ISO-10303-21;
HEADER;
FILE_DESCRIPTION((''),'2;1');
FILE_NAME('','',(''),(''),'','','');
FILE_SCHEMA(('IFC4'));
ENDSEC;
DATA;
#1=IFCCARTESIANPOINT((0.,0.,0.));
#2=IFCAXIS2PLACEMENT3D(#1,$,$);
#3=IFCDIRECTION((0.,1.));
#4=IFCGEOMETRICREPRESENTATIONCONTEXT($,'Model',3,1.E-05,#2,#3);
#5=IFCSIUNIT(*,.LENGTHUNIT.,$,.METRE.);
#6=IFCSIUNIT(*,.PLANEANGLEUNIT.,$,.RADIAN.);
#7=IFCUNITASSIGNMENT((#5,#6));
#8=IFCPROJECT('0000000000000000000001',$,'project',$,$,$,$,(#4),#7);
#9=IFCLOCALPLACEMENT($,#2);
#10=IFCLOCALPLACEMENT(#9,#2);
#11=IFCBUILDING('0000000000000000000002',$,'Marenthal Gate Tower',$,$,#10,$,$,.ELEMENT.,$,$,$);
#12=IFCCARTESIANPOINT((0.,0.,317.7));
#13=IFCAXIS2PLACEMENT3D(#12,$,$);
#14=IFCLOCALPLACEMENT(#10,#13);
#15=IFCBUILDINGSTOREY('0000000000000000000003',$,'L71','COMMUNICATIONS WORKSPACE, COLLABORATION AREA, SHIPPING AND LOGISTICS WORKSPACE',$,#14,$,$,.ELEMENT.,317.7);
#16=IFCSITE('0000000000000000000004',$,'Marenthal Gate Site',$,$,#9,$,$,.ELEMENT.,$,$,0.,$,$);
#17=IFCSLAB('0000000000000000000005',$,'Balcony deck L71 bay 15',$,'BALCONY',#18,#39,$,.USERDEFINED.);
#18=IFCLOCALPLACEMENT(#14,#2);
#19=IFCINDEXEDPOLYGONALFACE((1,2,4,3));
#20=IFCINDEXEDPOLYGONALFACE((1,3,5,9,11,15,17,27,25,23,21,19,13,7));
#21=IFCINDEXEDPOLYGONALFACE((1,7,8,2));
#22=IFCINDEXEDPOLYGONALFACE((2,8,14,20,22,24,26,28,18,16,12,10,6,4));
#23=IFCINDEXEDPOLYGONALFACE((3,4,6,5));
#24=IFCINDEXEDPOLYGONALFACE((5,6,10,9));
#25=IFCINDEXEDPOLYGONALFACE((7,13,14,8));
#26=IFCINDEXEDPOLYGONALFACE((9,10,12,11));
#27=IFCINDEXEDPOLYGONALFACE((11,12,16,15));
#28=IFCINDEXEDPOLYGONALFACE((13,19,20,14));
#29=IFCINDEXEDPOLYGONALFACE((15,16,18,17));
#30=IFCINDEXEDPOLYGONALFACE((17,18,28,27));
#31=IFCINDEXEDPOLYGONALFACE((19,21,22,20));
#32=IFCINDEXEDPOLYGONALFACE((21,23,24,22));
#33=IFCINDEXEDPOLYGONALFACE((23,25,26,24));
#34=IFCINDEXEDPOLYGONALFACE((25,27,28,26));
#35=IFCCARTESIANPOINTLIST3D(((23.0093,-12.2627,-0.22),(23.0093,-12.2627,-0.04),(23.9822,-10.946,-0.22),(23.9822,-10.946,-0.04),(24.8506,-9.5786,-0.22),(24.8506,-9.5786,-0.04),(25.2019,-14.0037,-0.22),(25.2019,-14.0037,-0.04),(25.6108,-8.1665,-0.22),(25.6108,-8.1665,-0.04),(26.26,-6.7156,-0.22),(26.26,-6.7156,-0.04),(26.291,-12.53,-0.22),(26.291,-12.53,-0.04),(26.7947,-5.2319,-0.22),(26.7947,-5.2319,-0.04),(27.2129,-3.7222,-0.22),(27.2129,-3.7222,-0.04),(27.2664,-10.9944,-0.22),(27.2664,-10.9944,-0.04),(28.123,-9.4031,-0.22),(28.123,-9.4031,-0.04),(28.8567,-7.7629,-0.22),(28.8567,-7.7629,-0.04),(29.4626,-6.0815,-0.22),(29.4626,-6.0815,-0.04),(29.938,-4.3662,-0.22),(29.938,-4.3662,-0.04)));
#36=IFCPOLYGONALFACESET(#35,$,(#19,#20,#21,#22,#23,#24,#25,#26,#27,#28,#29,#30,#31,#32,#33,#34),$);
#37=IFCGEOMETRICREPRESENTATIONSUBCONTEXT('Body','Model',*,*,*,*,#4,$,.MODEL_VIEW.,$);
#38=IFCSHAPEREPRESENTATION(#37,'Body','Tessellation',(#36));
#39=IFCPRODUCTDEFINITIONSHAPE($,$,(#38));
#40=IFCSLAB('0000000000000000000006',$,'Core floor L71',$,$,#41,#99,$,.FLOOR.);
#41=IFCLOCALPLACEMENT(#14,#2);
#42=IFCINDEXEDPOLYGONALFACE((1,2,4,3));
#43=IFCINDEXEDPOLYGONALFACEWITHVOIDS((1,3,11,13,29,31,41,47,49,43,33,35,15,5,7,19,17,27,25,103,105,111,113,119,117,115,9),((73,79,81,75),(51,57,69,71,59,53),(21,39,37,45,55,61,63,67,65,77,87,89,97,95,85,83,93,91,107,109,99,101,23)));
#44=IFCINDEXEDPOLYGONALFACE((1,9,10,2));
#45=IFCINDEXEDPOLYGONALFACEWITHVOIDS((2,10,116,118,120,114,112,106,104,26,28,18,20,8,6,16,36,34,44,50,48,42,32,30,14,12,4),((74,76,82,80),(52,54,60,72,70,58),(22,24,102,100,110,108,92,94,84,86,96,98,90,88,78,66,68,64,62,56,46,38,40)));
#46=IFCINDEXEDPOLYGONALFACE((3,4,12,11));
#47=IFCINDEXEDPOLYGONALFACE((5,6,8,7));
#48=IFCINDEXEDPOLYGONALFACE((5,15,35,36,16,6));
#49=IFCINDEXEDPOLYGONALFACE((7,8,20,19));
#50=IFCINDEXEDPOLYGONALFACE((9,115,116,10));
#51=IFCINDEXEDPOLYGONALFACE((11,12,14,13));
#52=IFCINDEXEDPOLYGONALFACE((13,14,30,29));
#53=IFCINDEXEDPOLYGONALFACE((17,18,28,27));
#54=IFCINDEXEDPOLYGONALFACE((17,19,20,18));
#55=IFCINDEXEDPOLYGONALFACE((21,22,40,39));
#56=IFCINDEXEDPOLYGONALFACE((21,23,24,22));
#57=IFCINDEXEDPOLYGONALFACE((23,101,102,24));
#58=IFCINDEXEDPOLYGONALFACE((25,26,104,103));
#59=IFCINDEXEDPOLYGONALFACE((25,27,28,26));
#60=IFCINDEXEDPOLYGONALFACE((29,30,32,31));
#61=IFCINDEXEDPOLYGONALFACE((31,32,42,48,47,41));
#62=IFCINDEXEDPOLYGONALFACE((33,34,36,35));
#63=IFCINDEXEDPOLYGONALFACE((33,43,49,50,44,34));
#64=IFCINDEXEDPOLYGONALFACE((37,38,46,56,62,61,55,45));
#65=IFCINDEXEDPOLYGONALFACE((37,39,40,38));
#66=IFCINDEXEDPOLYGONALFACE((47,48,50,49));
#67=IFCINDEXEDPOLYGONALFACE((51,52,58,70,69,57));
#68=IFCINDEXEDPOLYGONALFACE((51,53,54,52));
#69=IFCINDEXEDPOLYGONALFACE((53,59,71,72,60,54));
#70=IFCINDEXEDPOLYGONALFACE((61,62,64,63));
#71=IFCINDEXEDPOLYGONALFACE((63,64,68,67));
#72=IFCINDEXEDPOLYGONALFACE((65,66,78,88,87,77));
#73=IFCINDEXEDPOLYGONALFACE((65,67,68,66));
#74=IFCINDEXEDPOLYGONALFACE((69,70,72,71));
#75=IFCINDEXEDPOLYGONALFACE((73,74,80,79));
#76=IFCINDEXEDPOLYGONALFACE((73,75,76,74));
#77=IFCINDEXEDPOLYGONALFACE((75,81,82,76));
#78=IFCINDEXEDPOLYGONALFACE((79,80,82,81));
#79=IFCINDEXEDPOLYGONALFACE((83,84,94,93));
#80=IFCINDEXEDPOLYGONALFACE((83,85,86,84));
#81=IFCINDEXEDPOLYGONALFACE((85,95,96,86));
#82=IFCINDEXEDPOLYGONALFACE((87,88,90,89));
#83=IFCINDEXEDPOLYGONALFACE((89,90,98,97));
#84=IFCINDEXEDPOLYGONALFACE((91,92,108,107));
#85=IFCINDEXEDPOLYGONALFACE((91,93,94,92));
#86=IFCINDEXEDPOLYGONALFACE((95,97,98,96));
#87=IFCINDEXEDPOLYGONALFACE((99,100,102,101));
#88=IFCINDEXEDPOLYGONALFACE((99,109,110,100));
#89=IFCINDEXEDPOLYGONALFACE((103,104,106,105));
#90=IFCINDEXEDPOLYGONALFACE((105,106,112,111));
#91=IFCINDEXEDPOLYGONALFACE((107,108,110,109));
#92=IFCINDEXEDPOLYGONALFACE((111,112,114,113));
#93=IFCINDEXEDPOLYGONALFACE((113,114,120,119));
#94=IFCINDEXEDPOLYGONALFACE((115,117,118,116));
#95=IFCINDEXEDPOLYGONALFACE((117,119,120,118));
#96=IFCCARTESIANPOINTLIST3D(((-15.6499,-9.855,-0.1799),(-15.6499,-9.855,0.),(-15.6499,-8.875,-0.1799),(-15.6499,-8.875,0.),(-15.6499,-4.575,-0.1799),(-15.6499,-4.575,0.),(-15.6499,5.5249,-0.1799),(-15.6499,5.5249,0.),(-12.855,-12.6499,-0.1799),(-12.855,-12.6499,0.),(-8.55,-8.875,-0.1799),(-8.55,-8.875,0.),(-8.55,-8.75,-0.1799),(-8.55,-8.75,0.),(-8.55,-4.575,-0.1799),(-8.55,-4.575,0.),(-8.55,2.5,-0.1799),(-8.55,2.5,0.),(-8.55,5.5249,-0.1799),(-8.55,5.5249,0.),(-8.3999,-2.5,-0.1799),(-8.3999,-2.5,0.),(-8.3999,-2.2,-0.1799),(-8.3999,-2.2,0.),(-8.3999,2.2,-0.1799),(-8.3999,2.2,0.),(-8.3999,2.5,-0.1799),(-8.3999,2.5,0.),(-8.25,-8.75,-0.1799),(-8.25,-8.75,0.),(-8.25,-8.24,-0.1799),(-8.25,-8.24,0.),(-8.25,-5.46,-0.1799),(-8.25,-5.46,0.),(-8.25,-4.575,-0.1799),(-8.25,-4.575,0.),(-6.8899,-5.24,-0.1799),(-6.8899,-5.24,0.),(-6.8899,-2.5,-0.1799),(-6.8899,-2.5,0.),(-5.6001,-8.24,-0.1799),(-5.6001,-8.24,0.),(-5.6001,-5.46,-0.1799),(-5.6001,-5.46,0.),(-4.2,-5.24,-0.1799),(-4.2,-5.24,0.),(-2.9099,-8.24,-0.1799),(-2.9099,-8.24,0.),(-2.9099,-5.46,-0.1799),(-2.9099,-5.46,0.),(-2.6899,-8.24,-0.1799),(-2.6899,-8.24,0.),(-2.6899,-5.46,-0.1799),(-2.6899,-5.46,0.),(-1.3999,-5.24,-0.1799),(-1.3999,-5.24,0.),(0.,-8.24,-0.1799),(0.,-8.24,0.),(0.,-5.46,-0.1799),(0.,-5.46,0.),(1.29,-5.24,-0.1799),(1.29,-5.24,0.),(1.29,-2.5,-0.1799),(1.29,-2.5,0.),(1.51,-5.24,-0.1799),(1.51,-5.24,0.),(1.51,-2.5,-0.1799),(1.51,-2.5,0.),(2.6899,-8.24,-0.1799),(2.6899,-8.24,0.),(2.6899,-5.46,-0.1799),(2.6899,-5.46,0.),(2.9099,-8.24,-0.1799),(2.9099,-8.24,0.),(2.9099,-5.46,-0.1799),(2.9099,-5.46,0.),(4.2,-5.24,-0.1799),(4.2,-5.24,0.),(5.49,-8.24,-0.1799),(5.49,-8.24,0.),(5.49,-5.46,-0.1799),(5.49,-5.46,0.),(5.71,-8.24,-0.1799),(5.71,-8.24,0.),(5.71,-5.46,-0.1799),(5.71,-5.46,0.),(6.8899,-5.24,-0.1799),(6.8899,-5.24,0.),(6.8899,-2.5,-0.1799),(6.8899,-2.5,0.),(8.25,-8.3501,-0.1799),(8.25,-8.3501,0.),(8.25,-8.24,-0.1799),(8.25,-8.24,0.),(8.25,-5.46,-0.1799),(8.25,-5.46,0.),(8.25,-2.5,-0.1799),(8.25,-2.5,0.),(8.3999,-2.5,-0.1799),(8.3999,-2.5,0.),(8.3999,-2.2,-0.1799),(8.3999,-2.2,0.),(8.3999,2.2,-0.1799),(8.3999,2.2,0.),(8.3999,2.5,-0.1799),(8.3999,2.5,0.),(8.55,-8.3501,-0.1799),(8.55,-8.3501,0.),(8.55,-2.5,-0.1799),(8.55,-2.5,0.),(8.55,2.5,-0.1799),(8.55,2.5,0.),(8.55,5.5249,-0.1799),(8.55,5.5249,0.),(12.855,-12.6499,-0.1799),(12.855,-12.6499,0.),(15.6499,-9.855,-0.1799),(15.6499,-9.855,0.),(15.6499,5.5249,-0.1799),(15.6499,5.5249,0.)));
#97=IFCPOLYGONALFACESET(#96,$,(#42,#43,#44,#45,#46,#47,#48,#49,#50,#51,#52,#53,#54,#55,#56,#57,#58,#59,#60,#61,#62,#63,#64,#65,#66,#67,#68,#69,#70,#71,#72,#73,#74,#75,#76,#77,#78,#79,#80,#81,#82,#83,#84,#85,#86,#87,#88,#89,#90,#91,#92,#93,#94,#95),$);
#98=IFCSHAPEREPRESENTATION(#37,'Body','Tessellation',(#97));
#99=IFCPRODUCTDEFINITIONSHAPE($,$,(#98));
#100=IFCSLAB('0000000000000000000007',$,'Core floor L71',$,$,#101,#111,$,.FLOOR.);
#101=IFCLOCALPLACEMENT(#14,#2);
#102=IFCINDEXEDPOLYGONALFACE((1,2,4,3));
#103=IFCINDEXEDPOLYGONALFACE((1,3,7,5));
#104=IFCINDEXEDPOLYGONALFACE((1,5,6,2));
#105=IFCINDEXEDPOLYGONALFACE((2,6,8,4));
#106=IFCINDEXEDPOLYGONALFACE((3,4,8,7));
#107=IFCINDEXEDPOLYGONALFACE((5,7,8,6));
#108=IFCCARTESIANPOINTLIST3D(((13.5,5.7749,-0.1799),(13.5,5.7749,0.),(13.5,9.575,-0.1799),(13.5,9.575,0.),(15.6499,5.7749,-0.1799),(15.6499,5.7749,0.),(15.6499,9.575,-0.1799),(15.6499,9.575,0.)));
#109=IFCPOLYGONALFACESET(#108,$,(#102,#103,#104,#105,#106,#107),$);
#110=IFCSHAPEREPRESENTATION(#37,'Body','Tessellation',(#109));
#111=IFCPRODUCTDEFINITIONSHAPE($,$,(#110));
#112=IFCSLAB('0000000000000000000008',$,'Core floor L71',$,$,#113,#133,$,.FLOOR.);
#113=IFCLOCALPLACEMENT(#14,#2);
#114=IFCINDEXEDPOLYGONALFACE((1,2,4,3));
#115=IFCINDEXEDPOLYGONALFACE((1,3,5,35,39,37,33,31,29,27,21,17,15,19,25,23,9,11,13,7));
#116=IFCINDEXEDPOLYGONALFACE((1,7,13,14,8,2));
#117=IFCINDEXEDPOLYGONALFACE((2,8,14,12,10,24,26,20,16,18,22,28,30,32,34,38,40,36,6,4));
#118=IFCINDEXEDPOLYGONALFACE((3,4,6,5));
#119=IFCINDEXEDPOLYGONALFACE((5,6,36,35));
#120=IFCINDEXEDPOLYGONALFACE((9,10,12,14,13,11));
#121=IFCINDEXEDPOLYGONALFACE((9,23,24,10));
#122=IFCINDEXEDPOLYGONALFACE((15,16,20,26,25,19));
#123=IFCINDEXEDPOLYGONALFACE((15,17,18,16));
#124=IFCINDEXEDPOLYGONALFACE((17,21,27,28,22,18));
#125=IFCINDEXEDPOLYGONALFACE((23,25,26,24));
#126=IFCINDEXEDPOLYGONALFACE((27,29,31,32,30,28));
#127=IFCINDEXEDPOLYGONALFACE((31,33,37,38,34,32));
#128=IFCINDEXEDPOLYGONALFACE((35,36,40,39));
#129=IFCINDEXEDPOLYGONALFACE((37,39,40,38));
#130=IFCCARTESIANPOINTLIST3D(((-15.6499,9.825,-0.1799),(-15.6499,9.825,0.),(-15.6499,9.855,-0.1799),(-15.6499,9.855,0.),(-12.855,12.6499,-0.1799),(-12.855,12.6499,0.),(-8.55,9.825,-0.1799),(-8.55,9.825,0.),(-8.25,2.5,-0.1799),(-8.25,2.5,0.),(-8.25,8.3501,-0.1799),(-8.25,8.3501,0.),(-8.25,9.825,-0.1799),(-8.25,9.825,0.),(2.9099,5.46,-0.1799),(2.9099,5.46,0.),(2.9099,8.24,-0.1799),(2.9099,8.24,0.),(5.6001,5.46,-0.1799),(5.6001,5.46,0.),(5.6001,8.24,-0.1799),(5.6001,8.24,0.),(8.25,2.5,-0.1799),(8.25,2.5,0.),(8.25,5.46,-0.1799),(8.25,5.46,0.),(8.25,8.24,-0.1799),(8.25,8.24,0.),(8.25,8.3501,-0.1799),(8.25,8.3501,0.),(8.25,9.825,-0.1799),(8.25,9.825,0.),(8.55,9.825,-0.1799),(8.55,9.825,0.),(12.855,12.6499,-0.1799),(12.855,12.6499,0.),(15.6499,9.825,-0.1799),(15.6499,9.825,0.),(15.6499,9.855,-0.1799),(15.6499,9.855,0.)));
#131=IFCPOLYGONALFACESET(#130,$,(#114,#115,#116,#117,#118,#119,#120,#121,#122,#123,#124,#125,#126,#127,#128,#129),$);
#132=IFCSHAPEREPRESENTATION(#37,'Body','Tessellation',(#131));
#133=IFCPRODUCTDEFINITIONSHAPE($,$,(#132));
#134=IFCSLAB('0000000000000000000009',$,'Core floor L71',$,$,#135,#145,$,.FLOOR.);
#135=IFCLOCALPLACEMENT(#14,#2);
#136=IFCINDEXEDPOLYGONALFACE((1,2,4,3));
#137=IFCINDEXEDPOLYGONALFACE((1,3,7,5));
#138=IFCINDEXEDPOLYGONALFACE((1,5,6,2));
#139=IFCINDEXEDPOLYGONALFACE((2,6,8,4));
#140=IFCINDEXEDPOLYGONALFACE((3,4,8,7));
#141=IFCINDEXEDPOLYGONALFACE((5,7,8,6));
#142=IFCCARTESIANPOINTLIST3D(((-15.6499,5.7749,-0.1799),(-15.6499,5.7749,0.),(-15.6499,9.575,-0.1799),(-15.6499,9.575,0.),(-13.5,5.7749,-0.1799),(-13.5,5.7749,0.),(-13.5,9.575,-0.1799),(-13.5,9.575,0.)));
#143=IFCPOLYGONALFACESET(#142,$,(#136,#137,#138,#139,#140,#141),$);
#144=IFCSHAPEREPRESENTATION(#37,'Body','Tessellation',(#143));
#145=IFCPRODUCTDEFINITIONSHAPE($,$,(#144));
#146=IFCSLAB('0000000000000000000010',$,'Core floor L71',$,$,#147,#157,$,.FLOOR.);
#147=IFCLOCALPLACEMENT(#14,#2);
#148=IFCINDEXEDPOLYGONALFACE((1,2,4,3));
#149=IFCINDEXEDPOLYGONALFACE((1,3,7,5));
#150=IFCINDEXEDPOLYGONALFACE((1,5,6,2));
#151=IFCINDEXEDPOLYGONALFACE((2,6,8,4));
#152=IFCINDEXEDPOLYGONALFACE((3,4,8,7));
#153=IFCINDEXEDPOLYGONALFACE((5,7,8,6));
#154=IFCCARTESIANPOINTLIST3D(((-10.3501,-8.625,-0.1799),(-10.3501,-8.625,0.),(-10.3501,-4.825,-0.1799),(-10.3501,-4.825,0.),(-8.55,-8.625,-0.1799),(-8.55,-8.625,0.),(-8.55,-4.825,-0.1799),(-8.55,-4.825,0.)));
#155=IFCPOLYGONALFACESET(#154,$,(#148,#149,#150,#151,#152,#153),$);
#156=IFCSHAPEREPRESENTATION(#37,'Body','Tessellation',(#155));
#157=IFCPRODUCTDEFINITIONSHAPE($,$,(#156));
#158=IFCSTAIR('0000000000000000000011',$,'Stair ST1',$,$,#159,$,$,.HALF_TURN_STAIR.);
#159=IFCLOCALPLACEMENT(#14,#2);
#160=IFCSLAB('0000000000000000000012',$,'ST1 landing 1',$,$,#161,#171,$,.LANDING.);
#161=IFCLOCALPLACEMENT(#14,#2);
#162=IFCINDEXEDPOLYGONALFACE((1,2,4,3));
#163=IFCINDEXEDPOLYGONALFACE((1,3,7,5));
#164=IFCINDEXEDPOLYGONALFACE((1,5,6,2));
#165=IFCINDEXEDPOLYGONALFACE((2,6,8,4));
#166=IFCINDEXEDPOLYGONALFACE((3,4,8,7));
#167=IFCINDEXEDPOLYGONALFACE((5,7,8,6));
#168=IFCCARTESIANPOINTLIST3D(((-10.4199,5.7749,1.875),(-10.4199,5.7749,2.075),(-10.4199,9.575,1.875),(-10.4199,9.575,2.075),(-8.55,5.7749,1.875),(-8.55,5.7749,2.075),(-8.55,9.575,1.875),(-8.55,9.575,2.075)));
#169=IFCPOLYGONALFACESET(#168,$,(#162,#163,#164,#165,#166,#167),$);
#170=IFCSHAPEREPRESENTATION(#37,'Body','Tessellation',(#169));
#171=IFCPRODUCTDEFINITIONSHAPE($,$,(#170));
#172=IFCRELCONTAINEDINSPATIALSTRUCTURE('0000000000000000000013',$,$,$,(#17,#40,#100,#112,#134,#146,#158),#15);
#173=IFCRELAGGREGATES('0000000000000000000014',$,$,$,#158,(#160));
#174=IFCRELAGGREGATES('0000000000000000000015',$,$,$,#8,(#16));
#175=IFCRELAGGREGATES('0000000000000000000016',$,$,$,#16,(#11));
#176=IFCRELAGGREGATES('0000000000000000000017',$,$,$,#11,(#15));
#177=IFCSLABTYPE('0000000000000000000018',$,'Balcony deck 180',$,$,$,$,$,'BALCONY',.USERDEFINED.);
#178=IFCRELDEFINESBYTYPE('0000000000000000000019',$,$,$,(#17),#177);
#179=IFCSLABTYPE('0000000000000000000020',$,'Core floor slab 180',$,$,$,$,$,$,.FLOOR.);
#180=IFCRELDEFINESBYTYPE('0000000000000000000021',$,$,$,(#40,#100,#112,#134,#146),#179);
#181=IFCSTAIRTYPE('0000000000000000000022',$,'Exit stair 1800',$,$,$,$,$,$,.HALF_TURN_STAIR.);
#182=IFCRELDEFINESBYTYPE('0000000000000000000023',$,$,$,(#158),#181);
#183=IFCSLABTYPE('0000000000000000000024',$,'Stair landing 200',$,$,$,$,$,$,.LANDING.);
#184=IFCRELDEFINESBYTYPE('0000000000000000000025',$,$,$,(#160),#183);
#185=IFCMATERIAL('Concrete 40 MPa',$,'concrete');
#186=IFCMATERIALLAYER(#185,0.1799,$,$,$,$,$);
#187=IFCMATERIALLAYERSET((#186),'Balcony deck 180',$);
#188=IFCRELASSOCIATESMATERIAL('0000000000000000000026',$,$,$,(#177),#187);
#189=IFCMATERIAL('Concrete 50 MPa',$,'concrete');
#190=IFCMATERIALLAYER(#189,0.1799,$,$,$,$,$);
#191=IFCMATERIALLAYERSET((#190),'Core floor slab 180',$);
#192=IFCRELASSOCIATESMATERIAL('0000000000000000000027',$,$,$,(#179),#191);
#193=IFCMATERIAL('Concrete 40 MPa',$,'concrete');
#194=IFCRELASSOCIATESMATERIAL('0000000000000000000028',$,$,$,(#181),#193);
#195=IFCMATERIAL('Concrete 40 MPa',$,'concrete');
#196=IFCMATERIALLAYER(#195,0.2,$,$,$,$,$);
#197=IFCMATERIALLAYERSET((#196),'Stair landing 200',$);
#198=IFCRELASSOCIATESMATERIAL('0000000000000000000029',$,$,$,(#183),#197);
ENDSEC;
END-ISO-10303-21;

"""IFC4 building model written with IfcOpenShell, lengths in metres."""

from ifc_helpers import new_model, si_unit, direction, frame, origin, place, context, subcontext, project, spatial, polyline, outline, extrude, material, layer, layer_set, type_object, element, aggregate, save


model = new_model("IFC4")

# Units and contexts
model_context = context("Model", 3, precision=1e-05, world=origin(), true_north=direction((0.0, 1.0)))
body_context = subcontext(model_context, "Body", "Model", "MODEL_VIEW")
ifc_project = project(units=[si_unit("LENGTHUNIT", "METRE"), si_unit("PLANEANGLEUNIT", "RADIAN")], contexts=[model_context])

# Site, building, storey
site_placement = place(None, origin())
site = spatial("IfcSite", under=ifc_project, at=site_placement, Name="Marenthal Gate Site", CompositionType="ELEMENT", RefElevation=0.0)
building_placement = place(site_placement, origin())
building = spatial("IfcBuilding", under=site, at=building_placement, Name="Marenthal Gate Tower", CompositionType="ELEMENT")
storey_placement = place(building_placement, frame((0.0, 0.0, 317.7)))
storey = spatial("IfcBuildingStorey", under=building, at=storey_placement, Name="L71", Description="COMMUNICATIONS WORKSPACE, COLLABORATION AREA, SHIPPING AND LOGISTICS WORKSPACE", CompositionType="ELEMENT", Elevation=317.7)

# Slabs
ifc_material_1 = material(Name="Concrete 40 MPa", Category="concrete")
ifc_layer_1 = layer(ifc_material_1, 0.1799)
ifc_layer_set_1 = layer_set([ifc_layer_1], Name="Balcony deck 180")
slab_type_1 = type_object("IfcSlabType", Name="Balcony deck 180", ElementType="BALCONY", PredefinedType="USERDEFINED", material=ifc_layer_set_1)
slab_1_placement = place(storey_placement, frame((0.0, 0.0, -0.22)))
element("IfcSlab", 1, at=slab_1_placement, inside=storey, type_object=slab_type_1, Name="Balcony deck L71 bay 15", ObjectType="BALCONY", PredefinedType="USERDEFINED", context=body_context, shape_type="SweptSolid", body=[
    extrude(outline(polyline([(23.0093, -12.2627), (23.9822, -10.946), (24.8506, -9.5786), (25.6108, -8.1665), (26.26, -6.7156), (26.7947, -5.2319), (27.2129, -3.7222), (29.938, -4.3662), (29.4626, -6.0815), (28.8567, -7.7629), (28.123, -9.4031), (27.2664, -10.9944), (26.291, -12.53), (25.2019, -14.0037), (23.0093, -12.2627)])), origin(), (0.0, 0.0, 1.0), 0.1799),
])
ifc_material_2 = material(Name="Concrete 50 MPa", Category="concrete")
ifc_layer_2 = layer(ifc_material_2, 0.1799)
ifc_layer_set_2 = layer_set([ifc_layer_2], Name="Core floor slab 180")
slab_type_2 = type_object("IfcSlabType", Name="Core floor slab 180", PredefinedType="FLOOR", material=ifc_layer_set_2)
slab_2_placement = place(storey_placement, frame((0.0, 0.0, -0.1799)))
element("IfcSlab", 2, at=slab_2_placement, inside=storey, type_object=slab_type_2, Name="Core floor L71", PredefinedType="FLOOR", context=body_context, shape_type="SweptSolid", body=[
    extrude(outline(polyline([(12.855, -12.6499), (-12.855, -12.6499), (-15.6499, -9.855), (-15.6499, -8.875), (-8.55, -8.875), (-8.55, -8.75), (-8.25, -8.75), (-8.25, -8.24), (-5.6001, -8.24), (-2.9099, -8.24), (-2.9099, -5.46), (-5.6001, -5.46), (-8.25, -5.46), (-8.25, -4.575), (-8.55, -4.575), (-15.6499, -4.575), (-15.6499, 5.5249), (-8.55, 5.5249), (-8.55, 2.5), (-8.3999, 2.5), (-8.3999, 2.2), (8.3999, 2.2), (8.3999, 2.5), (8.55, 2.5), (8.55, 5.5249), (15.6499, 5.5249), (15.6499, -9.855), (12.855, -12.6499)]), holes=[polyline([(0.0, -8.24), (2.6899, -8.24), (2.6899, -5.46), (0.0, -5.46), (-2.6899, -5.46), (-2.6899, -8.24), (0.0, -8.24)]), polyline([(1.29, -5.24), (1.29, -2.5), (1.51, -2.5), (1.51, -5.24), (4.2, -5.24), (6.8899, -5.24), (6.8899, -2.5), (8.25, -2.5), (8.25, -5.46), (5.71, -5.46), (5.71, -8.24), (8.25, -8.24), (8.25, -8.3501), (8.55, -8.3501), (8.55, -2.5), (8.3999, -2.5), (8.3999, -2.2), (-8.3999, -2.2), (-8.3999, -2.5), (-6.8899, -2.5), (-6.8899, -5.24), (-4.2, -5.24), (-1.3999, -5.24), (1.29, -5.24)]), polyline([(5.49, -5.46), (2.9099, -5.46), (2.9099, -8.24), (5.49, -8.24), (5.49, -5.46)])]), origin(), (0.0, 0.0, 1.0), 0.1799),
])
slab_3_placement = place(storey_placement, frame((0.0, 0.0, -0.1799)))
element("IfcSlab", 3, at=slab_3_placement, inside=storey, type_object=slab_type_2, Name="Core floor L71", PredefinedType="FLOOR", context=body_context, shape_type="SweptSolid", body=[
    extrude(outline(polyline([(15.6499, 5.7749), (13.5, 5.7749), (13.5, 9.575), (15.6499, 9.575), (15.6499, 5.7749)])), origin(), (0.0, 0.0, 1.0), 0.1799),
])
slab_4_placement = place(storey_placement, frame((0.0, 0.0, -0.1799)))
element("IfcSlab", 4, at=slab_4_placement, inside=storey, type_object=slab_type_2, Name="Core floor L71", PredefinedType="FLOOR", context=body_context, shape_type="SweptSolid", body=[
    extrude(outline(polyline([(15.6499, 9.825), (8.55, 9.825), (8.25, 9.825), (8.25, 8.3501), (8.25, 8.24), (5.6001, 8.24), (2.9099, 8.24), (2.9099, 5.46), (5.6001, 5.46), (8.25, 5.46), (8.25, 2.5), (-8.25, 2.5), (-8.25, 8.3501), (-8.25, 9.825), (-8.55, 9.825), (-15.6499, 9.825), (-15.6499, 9.855), (-12.855, 12.6499), (12.855, 12.6499), (15.6499, 9.855), (15.6499, 9.825)])), origin(), (0.0, 0.0, 1.0), 0.1799),
])
slab_5_placement = place(storey_placement, frame((0.0, 0.0, -0.1799)))
element("IfcSlab", 5, at=slab_5_placement, inside=storey, type_object=slab_type_2, Name="Core floor L71", PredefinedType="FLOOR", context=body_context, shape_type="SweptSolid", body=[
    extrude(outline(polyline([(-15.6499, 9.575), (-13.5, 9.575), (-13.5, 5.7749), (-15.6499, 5.7749), (-15.6499, 9.575)])), origin(), (0.0, 0.0, 1.0), 0.1799),
])
slab_6_placement = place(storey_placement, frame((0.0, 0.0, -0.1799)))
element("IfcSlab", 6, at=slab_6_placement, inside=storey, type_object=slab_type_2, Name="Core floor L71", PredefinedType="FLOOR", context=body_context, shape_type="SweptSolid", body=[
    extrude(outline(polyline([(-8.55, -4.825), (-8.55, -8.625), (-10.3501, -8.625), (-10.3501, -4.825), (-8.55, -4.825)])), origin(), (0.0, 0.0, 1.0), 0.1799),
])

# Stair, slab
ifc_material_3 = material(Name="Concrete 40 MPa", Category="concrete")
stair_type = type_object("IfcStairType", Name="Exit stair 1800", PredefinedType="HALF_TURN_STAIR", material=ifc_material_3)
stair_1_placement = place(storey_placement, origin())
stair_1 = element("IfcStair", 7, at=stair_1_placement, inside=storey, type_object=stair_type, Name="Stair ST1", PredefinedType="HALF_TURN_STAIR")
ifc_material_4 = material(Name="Concrete 40 MPa", Category="concrete")
ifc_layer_3 = layer(ifc_material_4, 0.2)
ifc_layer_set_3 = layer_set([ifc_layer_3], Name="Stair landing 200")
slab_type_3 = type_object("IfcSlabType", Name="Stair landing 200", PredefinedType="LANDING", material=ifc_layer_set_3)
slab_7_placement = place(storey_placement, frame((0.0, 0.0, 1.875)))
slab_7 = element("IfcSlab", 8, at=slab_7_placement, type_object=slab_type_3, Name="ST1 landing 1", PredefinedType="LANDING", context=body_context, shape_type="SweptSolid", body=[
    extrude(outline(polyline([(-10.4199, 5.7749), (-8.55, 5.7749), (-8.55, 9.575), (-10.4199, 9.575), (-10.4199, 5.7749)])), origin(), (0.0, 0.0, 1.0), 0.2),
])
aggregate(stair_1, [slab_7])

save(model, "model.ifc")
